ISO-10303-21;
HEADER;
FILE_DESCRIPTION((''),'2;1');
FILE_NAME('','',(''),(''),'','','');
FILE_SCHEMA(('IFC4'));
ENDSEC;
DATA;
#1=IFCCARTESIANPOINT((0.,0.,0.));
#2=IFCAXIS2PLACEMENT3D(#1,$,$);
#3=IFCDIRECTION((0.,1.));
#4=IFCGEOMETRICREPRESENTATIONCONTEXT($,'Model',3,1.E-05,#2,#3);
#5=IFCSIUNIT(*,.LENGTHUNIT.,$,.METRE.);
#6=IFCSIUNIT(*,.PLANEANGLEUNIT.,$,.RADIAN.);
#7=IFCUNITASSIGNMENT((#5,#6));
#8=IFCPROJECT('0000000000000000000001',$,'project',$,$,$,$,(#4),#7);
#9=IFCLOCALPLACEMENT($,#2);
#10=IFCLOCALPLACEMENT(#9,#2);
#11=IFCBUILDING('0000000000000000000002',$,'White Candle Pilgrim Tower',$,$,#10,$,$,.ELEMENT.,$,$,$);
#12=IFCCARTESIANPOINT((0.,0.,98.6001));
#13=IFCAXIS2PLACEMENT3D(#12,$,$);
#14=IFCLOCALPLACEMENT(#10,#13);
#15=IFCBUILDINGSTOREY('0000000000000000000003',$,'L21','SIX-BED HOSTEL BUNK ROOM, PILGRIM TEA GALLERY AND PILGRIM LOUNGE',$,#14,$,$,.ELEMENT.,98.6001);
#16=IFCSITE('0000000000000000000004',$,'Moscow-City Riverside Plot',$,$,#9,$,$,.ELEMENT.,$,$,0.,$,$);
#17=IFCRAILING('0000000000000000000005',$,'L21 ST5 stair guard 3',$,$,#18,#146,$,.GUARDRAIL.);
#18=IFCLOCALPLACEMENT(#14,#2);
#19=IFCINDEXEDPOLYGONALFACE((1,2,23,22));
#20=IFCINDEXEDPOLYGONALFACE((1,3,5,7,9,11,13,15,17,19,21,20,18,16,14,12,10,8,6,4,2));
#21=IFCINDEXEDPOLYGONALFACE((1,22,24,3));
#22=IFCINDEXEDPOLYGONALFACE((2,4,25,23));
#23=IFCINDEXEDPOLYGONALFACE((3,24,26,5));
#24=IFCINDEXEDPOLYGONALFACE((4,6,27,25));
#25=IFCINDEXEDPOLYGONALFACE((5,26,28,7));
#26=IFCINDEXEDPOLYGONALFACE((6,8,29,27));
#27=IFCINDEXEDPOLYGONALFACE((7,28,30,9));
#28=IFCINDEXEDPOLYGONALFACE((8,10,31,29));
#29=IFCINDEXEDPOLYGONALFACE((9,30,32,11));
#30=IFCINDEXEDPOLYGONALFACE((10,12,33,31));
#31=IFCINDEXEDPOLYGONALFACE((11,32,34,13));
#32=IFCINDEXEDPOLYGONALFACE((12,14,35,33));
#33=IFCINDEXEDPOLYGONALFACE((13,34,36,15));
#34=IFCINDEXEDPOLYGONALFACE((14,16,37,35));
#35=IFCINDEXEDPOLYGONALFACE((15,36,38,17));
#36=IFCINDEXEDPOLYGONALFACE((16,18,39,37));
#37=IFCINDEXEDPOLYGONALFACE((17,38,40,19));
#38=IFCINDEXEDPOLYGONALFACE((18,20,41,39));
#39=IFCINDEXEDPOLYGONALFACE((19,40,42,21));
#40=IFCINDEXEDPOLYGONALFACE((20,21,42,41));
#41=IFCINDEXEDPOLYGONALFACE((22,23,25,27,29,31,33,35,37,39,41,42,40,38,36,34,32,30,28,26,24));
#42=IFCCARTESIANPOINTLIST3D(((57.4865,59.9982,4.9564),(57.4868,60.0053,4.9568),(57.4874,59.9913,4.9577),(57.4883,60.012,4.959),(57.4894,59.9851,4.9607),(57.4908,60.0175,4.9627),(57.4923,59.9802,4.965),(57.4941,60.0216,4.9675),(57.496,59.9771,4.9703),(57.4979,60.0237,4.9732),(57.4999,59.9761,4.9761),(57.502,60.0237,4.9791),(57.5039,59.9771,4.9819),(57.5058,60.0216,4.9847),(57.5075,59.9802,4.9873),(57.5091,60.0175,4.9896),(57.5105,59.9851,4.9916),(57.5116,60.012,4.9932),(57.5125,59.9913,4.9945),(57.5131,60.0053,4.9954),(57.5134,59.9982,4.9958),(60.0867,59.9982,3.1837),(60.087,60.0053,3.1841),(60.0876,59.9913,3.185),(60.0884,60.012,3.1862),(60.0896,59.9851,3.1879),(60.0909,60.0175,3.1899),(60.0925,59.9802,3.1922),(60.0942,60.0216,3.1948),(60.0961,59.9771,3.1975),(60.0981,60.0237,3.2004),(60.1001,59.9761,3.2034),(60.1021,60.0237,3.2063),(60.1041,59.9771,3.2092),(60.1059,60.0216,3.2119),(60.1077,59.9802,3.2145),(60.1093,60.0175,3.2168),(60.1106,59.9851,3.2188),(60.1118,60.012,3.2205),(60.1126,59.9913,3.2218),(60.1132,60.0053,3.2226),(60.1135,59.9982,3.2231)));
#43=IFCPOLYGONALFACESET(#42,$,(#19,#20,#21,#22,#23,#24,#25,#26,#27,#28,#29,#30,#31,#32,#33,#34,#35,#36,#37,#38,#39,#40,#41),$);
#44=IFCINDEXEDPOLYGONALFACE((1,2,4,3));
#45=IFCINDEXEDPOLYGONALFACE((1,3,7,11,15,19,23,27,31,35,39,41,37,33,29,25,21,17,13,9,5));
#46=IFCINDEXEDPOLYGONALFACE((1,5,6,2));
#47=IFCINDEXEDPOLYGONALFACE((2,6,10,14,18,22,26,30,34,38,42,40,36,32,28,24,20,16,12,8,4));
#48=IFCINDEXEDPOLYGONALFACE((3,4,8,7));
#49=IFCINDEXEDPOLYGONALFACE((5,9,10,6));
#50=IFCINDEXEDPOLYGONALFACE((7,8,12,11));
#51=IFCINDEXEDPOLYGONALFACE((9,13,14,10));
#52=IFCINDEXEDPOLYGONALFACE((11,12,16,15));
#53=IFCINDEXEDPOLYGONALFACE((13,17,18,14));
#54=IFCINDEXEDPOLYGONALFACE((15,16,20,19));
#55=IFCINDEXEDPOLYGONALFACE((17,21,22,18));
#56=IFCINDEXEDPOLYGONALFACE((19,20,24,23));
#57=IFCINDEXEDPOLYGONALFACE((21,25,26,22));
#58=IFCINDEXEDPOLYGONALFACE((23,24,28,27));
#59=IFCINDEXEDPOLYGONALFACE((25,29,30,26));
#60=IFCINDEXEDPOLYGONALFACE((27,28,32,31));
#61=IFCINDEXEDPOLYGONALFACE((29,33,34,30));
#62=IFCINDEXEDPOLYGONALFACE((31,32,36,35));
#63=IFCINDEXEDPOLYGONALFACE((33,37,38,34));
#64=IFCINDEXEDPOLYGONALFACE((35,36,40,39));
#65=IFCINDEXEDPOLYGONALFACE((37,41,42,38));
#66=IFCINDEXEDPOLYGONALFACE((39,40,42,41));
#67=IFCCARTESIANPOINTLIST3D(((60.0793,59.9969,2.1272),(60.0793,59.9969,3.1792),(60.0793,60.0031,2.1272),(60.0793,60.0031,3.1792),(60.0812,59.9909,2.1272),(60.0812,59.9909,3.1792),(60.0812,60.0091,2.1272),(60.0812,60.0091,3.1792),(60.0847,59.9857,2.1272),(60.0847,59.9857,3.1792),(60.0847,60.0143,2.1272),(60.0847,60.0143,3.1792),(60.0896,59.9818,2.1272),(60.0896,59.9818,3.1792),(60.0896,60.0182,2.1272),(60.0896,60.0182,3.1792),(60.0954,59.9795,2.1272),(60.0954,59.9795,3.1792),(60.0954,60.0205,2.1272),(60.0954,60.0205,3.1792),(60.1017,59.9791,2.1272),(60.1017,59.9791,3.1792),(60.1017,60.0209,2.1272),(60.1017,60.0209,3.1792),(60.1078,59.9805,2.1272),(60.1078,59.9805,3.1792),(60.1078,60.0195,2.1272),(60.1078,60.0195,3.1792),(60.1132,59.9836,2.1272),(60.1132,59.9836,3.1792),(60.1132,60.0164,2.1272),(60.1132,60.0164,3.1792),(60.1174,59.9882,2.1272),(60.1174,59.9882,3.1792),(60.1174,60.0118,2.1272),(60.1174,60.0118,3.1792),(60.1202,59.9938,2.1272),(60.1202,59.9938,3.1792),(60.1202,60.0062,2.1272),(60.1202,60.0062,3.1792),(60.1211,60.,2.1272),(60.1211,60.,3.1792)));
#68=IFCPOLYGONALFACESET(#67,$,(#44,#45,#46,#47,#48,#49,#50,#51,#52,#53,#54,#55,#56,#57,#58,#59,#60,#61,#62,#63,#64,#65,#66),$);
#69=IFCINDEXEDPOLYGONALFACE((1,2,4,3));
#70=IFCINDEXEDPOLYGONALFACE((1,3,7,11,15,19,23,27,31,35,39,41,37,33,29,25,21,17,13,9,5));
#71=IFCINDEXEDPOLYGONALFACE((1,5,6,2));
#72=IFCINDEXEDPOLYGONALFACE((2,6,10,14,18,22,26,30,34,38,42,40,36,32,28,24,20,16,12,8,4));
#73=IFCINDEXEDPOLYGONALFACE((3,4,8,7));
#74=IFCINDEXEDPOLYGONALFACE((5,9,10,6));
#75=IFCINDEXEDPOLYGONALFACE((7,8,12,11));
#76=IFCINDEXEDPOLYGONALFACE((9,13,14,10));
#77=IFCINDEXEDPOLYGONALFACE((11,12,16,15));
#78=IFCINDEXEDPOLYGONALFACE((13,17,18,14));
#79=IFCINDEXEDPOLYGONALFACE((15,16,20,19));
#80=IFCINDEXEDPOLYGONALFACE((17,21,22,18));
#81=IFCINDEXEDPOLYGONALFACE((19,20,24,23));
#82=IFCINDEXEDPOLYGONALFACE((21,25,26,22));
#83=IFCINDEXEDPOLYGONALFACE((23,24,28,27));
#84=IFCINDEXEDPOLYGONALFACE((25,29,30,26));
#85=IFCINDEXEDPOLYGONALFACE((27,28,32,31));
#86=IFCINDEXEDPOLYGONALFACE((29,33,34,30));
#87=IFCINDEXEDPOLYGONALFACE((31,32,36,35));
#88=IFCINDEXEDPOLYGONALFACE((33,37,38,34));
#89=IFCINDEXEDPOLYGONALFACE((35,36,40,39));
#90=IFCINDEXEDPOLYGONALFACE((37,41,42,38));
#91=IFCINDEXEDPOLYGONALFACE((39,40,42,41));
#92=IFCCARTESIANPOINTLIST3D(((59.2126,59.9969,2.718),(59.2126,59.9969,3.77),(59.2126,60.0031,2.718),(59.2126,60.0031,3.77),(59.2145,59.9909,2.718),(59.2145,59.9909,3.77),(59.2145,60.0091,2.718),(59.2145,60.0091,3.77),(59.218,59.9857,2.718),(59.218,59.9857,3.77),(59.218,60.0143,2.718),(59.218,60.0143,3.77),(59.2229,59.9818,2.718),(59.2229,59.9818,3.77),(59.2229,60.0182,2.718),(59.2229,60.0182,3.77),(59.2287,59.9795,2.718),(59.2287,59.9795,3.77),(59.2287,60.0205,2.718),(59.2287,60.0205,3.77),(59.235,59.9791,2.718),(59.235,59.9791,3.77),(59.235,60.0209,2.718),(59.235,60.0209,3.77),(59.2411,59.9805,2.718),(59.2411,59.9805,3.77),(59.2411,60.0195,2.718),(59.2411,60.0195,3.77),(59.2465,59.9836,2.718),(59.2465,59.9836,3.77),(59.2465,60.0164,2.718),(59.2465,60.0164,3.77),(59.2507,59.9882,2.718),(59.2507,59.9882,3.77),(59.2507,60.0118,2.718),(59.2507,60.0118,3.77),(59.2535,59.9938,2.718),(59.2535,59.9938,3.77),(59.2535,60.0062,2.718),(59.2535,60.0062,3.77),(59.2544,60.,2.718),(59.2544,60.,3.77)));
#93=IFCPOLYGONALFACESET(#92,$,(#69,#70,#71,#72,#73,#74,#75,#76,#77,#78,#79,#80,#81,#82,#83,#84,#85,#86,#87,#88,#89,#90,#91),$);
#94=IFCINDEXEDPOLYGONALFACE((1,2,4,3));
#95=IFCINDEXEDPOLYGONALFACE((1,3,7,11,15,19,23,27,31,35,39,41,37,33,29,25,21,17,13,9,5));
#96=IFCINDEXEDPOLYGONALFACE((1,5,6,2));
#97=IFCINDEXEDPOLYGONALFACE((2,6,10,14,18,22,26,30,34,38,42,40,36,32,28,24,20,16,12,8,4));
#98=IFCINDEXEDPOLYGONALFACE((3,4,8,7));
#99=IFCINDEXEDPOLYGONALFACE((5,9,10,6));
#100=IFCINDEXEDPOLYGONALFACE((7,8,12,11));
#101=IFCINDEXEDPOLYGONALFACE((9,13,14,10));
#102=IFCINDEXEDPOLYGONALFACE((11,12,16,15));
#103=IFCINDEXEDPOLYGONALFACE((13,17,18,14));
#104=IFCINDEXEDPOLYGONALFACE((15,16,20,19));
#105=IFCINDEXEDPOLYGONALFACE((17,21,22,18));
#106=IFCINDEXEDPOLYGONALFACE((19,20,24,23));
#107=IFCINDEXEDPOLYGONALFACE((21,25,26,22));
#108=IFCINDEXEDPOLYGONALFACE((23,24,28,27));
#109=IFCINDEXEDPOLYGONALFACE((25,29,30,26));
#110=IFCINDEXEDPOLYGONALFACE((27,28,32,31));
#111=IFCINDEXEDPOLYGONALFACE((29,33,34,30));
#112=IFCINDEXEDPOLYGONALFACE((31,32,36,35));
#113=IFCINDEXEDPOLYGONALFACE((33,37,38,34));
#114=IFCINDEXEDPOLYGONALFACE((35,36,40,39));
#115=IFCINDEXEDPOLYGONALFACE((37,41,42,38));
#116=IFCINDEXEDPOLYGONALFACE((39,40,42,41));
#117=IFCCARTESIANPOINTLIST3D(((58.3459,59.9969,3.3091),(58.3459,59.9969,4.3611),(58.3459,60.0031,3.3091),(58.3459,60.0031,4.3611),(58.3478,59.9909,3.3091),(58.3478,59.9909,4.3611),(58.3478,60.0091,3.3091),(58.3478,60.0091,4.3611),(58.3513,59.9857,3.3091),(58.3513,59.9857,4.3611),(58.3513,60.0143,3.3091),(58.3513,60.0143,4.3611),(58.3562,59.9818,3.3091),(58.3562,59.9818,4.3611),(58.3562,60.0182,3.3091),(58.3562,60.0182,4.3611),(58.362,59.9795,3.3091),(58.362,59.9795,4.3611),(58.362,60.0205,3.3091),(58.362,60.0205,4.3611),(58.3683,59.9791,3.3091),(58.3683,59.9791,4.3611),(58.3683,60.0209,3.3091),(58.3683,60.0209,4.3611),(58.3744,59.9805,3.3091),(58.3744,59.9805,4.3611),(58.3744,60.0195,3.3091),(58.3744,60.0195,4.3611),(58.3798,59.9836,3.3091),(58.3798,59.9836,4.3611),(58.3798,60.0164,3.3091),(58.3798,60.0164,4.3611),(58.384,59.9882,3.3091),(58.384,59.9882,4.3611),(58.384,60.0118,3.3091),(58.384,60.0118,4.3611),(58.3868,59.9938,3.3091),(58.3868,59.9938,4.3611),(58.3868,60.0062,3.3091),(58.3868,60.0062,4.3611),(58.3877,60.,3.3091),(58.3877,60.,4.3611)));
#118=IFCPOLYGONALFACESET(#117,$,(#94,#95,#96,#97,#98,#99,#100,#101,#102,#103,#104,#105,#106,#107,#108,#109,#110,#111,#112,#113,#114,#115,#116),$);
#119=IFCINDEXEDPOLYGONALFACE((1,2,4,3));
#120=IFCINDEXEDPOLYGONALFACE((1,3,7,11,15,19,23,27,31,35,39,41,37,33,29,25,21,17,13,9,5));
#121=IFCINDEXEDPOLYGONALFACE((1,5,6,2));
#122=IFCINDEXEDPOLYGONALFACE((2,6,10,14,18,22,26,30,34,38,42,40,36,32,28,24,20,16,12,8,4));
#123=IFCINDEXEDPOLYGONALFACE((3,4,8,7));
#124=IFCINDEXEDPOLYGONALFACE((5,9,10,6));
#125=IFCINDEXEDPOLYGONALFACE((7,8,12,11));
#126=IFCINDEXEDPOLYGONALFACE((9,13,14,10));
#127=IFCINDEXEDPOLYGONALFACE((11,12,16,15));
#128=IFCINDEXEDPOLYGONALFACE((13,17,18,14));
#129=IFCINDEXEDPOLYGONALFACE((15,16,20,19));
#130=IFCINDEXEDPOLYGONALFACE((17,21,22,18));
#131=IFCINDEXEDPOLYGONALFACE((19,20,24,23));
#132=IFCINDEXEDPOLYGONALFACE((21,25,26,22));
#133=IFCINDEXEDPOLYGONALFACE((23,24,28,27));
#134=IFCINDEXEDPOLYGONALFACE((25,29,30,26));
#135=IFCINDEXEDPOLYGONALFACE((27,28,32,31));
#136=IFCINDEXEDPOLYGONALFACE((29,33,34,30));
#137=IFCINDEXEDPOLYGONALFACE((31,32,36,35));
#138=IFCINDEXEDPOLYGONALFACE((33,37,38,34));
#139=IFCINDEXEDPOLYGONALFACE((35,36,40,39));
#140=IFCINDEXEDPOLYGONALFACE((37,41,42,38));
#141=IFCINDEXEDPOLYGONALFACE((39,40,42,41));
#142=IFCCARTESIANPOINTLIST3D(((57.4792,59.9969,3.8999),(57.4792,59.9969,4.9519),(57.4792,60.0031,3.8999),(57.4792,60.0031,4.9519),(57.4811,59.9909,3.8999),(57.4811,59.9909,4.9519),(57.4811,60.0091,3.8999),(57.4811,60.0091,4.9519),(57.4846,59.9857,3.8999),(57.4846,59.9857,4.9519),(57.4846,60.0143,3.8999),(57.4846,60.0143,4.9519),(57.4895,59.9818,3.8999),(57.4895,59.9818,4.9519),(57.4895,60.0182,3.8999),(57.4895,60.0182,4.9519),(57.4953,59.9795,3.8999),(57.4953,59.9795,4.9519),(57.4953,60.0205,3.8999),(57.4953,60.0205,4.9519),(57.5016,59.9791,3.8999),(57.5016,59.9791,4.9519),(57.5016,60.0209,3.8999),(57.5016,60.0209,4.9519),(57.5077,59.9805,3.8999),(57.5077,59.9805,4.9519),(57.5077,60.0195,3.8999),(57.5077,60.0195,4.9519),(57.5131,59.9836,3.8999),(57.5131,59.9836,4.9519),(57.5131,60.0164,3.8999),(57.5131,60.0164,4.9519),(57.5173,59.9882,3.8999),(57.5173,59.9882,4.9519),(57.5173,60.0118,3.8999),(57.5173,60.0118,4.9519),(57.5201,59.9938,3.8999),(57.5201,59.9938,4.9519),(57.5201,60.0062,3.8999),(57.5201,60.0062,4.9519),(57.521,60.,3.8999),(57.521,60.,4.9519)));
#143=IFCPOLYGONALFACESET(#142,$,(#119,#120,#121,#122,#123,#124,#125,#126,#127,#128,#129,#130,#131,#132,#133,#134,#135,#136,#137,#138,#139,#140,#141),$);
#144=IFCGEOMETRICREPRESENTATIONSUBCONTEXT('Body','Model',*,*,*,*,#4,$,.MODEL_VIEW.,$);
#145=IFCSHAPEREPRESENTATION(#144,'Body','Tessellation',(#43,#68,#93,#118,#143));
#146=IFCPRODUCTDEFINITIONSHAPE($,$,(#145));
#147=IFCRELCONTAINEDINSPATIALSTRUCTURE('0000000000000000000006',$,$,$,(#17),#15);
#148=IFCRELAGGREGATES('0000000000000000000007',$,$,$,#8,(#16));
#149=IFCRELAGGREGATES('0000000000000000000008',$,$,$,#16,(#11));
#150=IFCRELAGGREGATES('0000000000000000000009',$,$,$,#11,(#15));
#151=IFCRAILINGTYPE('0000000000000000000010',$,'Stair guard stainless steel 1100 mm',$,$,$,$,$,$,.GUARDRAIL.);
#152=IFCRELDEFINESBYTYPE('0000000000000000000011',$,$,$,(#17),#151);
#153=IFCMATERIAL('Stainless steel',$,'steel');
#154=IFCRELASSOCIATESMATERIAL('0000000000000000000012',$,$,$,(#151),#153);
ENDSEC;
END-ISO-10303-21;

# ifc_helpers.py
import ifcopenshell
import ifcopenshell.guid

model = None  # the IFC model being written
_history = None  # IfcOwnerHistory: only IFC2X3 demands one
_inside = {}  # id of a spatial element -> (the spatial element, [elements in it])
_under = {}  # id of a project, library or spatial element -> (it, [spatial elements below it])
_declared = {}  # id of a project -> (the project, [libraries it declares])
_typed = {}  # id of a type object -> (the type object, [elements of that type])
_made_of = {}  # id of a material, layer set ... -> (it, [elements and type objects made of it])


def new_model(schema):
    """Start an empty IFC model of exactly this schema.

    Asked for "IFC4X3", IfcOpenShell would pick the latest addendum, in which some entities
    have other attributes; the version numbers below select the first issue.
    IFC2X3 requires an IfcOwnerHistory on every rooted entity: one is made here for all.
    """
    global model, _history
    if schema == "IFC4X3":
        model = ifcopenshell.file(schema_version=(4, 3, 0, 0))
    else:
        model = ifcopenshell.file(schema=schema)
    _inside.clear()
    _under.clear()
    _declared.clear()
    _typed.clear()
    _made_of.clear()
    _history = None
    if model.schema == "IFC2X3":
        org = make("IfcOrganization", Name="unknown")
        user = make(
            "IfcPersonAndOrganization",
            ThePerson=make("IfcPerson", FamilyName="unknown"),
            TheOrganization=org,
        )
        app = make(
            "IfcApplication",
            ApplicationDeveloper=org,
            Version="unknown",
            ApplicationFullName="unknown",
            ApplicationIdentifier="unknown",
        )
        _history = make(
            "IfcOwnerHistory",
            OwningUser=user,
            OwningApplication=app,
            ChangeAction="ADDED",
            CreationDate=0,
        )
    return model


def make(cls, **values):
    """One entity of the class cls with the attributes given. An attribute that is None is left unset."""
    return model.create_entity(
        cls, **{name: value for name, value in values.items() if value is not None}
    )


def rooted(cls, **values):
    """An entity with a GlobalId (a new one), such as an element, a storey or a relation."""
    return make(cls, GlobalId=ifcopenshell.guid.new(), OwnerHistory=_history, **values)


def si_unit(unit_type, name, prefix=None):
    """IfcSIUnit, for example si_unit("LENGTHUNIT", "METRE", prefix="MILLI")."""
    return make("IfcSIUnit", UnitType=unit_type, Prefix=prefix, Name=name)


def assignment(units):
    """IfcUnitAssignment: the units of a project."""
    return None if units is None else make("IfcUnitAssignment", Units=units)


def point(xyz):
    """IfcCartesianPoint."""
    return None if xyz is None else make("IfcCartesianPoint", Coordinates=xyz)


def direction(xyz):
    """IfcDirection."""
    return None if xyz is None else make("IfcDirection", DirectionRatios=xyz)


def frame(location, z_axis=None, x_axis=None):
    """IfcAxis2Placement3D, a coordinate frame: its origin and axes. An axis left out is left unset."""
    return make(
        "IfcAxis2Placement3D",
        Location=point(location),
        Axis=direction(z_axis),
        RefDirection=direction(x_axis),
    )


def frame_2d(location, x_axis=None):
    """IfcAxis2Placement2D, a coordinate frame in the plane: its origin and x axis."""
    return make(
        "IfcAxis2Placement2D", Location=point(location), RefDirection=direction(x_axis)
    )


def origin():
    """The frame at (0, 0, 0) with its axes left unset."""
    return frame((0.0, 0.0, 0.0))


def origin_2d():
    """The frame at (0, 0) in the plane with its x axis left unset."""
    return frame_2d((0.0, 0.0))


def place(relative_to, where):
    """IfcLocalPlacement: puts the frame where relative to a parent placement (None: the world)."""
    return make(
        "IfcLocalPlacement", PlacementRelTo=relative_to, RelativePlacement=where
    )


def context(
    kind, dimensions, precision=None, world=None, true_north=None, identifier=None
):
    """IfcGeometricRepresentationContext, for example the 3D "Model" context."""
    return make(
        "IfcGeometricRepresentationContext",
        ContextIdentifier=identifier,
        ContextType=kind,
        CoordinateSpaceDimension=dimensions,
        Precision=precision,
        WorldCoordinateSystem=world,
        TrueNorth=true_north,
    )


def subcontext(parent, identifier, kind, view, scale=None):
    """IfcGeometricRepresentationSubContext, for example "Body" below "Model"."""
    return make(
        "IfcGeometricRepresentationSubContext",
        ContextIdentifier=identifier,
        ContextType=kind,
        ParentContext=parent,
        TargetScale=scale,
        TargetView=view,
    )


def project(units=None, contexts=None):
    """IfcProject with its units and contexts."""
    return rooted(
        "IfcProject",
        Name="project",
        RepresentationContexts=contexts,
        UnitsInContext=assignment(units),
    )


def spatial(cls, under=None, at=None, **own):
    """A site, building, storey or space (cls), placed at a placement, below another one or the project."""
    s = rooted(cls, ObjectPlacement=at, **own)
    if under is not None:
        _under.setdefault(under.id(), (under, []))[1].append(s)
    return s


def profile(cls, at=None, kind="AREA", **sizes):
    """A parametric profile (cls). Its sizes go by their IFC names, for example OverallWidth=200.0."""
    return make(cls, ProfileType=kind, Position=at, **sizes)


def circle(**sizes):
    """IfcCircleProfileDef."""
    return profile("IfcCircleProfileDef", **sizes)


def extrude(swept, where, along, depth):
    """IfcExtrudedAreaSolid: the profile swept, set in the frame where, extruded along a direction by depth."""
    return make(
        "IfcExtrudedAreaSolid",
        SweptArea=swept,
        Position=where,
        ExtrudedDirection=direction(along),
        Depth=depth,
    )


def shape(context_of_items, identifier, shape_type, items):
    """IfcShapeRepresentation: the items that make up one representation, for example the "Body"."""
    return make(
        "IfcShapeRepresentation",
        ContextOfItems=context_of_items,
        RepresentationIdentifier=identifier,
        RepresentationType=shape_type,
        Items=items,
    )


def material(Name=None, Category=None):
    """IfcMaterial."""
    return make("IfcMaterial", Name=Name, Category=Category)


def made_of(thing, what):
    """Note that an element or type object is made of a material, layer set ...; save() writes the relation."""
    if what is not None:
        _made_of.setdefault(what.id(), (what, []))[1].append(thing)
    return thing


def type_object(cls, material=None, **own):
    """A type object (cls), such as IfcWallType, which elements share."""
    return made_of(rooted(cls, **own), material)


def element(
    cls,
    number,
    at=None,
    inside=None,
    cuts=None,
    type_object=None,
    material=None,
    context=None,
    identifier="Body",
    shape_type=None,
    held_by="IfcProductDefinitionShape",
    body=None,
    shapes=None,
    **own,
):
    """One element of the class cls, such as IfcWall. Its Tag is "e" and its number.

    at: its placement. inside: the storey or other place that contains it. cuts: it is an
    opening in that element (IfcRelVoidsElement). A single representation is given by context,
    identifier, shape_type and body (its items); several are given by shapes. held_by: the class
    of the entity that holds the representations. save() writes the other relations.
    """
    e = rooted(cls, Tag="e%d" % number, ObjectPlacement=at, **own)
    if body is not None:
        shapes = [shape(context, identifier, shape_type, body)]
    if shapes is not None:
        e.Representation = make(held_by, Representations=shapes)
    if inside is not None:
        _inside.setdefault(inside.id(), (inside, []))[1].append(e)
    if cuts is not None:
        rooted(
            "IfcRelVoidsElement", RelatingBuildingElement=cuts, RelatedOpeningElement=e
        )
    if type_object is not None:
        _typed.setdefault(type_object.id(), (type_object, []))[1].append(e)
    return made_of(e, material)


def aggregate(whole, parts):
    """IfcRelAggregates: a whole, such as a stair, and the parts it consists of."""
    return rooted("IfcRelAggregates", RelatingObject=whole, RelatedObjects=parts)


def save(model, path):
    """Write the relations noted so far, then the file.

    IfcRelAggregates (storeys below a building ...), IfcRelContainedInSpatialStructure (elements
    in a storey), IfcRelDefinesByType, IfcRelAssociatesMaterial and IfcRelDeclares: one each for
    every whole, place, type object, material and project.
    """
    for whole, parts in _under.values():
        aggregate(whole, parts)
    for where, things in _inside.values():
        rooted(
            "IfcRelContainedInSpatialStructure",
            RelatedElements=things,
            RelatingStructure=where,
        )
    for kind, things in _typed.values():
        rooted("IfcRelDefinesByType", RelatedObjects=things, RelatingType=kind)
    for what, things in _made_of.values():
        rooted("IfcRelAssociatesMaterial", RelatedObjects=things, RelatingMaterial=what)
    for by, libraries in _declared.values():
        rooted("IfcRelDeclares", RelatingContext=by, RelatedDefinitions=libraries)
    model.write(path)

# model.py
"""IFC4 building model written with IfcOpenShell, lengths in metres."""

from ifc_helpers import new_model, si_unit, direction, frame, origin, origin_2d, place, context, subcontext, project, spatial, circle, extrude, material, type_object, element, save


model = new_model("IFC4")

# Units and contexts
model_context = context("Model", 3, precision=1e-05, world=origin(), true_north=direction((0.0, 1.0)))
body_context = subcontext(model_context, "Body", "Model", "MODEL_VIEW")
ifc_project = project(units=[si_unit("LENGTHUNIT", "METRE"), si_unit("PLANEANGLEUNIT", "RADIAN")], contexts=[model_context])

# Site, building, storey
site_placement = place(None, origin())
site = spatial("IfcSite", under=ifc_project, at=site_placement, Name="Moscow-City Riverside Plot", CompositionType="ELEMENT", RefElevation=0.0)
building_placement = place(site_placement, origin())
building = spatial("IfcBuilding", under=site, at=building_placement, Name="White Candle Pilgrim Tower", CompositionType="ELEMENT")
storey_placement = place(building_placement, frame((0.0, 0.0, 98.6001)))
storey = spatial("IfcBuildingStorey", under=building, at=storey_placement, Name="L21", Description="SIX-BED HOSTEL BUNK ROOM, PILGRIM TEA GALLERY AND PILGRIM LOUNGE", CompositionType="ELEMENT", Elevation=98.6001)

# Railing
ifc_material_1 = material(Name="Stainless steel", Category="steel")
railing_type_1 = type_object("IfcRailingType", Name="Stair guard stainless steel 1100 mm", PredefinedType="GUARDRAIL", material=ifc_material_1)
railing_1_placement = place(storey_placement, frame((60.1001, 60.0, 2.1272)))
element("IfcRailing", 1, at=railing_1_placement, inside=storey, type_object=railing_type_1, Name="L21 ST5 stair guard 3", PredefinedType="GUARDRAIL", context=body_context, shape_type="SweptSolid", body=[
    extrude(circle(Radius=0.0239, at=origin_2d()), frame((0.0, 0.0, 1.0762), z_axis=(-0.82624, 0.0, 0.563318), x_axis=(0.0, -1.0, 0.0)), (0.0, 0.0, 1.0), 3.147),
    extrude(circle(Radius=0.021, at=origin_2d()), origin(), (0.0, 0.0, 1.0), 1.052),
    extrude(circle(Radius=0.021, at=origin_2d()), frame((-0.8667, 0.0, 0.5908)), (0.0, 0.0, 1.0), 1.052),
    extrude(circle(Radius=0.021, at=origin_2d()), frame((-1.7334, 0.0, 1.1819)), (0.0, 0.0, 1.0), 1.052),
    extrude(circle(Radius=0.021, at=origin_2d()), frame((-2.6001, 0.0, 1.7727)), (0.0, 0.0, 1.0), 1.052),
])

save(model, "model.ifc")
